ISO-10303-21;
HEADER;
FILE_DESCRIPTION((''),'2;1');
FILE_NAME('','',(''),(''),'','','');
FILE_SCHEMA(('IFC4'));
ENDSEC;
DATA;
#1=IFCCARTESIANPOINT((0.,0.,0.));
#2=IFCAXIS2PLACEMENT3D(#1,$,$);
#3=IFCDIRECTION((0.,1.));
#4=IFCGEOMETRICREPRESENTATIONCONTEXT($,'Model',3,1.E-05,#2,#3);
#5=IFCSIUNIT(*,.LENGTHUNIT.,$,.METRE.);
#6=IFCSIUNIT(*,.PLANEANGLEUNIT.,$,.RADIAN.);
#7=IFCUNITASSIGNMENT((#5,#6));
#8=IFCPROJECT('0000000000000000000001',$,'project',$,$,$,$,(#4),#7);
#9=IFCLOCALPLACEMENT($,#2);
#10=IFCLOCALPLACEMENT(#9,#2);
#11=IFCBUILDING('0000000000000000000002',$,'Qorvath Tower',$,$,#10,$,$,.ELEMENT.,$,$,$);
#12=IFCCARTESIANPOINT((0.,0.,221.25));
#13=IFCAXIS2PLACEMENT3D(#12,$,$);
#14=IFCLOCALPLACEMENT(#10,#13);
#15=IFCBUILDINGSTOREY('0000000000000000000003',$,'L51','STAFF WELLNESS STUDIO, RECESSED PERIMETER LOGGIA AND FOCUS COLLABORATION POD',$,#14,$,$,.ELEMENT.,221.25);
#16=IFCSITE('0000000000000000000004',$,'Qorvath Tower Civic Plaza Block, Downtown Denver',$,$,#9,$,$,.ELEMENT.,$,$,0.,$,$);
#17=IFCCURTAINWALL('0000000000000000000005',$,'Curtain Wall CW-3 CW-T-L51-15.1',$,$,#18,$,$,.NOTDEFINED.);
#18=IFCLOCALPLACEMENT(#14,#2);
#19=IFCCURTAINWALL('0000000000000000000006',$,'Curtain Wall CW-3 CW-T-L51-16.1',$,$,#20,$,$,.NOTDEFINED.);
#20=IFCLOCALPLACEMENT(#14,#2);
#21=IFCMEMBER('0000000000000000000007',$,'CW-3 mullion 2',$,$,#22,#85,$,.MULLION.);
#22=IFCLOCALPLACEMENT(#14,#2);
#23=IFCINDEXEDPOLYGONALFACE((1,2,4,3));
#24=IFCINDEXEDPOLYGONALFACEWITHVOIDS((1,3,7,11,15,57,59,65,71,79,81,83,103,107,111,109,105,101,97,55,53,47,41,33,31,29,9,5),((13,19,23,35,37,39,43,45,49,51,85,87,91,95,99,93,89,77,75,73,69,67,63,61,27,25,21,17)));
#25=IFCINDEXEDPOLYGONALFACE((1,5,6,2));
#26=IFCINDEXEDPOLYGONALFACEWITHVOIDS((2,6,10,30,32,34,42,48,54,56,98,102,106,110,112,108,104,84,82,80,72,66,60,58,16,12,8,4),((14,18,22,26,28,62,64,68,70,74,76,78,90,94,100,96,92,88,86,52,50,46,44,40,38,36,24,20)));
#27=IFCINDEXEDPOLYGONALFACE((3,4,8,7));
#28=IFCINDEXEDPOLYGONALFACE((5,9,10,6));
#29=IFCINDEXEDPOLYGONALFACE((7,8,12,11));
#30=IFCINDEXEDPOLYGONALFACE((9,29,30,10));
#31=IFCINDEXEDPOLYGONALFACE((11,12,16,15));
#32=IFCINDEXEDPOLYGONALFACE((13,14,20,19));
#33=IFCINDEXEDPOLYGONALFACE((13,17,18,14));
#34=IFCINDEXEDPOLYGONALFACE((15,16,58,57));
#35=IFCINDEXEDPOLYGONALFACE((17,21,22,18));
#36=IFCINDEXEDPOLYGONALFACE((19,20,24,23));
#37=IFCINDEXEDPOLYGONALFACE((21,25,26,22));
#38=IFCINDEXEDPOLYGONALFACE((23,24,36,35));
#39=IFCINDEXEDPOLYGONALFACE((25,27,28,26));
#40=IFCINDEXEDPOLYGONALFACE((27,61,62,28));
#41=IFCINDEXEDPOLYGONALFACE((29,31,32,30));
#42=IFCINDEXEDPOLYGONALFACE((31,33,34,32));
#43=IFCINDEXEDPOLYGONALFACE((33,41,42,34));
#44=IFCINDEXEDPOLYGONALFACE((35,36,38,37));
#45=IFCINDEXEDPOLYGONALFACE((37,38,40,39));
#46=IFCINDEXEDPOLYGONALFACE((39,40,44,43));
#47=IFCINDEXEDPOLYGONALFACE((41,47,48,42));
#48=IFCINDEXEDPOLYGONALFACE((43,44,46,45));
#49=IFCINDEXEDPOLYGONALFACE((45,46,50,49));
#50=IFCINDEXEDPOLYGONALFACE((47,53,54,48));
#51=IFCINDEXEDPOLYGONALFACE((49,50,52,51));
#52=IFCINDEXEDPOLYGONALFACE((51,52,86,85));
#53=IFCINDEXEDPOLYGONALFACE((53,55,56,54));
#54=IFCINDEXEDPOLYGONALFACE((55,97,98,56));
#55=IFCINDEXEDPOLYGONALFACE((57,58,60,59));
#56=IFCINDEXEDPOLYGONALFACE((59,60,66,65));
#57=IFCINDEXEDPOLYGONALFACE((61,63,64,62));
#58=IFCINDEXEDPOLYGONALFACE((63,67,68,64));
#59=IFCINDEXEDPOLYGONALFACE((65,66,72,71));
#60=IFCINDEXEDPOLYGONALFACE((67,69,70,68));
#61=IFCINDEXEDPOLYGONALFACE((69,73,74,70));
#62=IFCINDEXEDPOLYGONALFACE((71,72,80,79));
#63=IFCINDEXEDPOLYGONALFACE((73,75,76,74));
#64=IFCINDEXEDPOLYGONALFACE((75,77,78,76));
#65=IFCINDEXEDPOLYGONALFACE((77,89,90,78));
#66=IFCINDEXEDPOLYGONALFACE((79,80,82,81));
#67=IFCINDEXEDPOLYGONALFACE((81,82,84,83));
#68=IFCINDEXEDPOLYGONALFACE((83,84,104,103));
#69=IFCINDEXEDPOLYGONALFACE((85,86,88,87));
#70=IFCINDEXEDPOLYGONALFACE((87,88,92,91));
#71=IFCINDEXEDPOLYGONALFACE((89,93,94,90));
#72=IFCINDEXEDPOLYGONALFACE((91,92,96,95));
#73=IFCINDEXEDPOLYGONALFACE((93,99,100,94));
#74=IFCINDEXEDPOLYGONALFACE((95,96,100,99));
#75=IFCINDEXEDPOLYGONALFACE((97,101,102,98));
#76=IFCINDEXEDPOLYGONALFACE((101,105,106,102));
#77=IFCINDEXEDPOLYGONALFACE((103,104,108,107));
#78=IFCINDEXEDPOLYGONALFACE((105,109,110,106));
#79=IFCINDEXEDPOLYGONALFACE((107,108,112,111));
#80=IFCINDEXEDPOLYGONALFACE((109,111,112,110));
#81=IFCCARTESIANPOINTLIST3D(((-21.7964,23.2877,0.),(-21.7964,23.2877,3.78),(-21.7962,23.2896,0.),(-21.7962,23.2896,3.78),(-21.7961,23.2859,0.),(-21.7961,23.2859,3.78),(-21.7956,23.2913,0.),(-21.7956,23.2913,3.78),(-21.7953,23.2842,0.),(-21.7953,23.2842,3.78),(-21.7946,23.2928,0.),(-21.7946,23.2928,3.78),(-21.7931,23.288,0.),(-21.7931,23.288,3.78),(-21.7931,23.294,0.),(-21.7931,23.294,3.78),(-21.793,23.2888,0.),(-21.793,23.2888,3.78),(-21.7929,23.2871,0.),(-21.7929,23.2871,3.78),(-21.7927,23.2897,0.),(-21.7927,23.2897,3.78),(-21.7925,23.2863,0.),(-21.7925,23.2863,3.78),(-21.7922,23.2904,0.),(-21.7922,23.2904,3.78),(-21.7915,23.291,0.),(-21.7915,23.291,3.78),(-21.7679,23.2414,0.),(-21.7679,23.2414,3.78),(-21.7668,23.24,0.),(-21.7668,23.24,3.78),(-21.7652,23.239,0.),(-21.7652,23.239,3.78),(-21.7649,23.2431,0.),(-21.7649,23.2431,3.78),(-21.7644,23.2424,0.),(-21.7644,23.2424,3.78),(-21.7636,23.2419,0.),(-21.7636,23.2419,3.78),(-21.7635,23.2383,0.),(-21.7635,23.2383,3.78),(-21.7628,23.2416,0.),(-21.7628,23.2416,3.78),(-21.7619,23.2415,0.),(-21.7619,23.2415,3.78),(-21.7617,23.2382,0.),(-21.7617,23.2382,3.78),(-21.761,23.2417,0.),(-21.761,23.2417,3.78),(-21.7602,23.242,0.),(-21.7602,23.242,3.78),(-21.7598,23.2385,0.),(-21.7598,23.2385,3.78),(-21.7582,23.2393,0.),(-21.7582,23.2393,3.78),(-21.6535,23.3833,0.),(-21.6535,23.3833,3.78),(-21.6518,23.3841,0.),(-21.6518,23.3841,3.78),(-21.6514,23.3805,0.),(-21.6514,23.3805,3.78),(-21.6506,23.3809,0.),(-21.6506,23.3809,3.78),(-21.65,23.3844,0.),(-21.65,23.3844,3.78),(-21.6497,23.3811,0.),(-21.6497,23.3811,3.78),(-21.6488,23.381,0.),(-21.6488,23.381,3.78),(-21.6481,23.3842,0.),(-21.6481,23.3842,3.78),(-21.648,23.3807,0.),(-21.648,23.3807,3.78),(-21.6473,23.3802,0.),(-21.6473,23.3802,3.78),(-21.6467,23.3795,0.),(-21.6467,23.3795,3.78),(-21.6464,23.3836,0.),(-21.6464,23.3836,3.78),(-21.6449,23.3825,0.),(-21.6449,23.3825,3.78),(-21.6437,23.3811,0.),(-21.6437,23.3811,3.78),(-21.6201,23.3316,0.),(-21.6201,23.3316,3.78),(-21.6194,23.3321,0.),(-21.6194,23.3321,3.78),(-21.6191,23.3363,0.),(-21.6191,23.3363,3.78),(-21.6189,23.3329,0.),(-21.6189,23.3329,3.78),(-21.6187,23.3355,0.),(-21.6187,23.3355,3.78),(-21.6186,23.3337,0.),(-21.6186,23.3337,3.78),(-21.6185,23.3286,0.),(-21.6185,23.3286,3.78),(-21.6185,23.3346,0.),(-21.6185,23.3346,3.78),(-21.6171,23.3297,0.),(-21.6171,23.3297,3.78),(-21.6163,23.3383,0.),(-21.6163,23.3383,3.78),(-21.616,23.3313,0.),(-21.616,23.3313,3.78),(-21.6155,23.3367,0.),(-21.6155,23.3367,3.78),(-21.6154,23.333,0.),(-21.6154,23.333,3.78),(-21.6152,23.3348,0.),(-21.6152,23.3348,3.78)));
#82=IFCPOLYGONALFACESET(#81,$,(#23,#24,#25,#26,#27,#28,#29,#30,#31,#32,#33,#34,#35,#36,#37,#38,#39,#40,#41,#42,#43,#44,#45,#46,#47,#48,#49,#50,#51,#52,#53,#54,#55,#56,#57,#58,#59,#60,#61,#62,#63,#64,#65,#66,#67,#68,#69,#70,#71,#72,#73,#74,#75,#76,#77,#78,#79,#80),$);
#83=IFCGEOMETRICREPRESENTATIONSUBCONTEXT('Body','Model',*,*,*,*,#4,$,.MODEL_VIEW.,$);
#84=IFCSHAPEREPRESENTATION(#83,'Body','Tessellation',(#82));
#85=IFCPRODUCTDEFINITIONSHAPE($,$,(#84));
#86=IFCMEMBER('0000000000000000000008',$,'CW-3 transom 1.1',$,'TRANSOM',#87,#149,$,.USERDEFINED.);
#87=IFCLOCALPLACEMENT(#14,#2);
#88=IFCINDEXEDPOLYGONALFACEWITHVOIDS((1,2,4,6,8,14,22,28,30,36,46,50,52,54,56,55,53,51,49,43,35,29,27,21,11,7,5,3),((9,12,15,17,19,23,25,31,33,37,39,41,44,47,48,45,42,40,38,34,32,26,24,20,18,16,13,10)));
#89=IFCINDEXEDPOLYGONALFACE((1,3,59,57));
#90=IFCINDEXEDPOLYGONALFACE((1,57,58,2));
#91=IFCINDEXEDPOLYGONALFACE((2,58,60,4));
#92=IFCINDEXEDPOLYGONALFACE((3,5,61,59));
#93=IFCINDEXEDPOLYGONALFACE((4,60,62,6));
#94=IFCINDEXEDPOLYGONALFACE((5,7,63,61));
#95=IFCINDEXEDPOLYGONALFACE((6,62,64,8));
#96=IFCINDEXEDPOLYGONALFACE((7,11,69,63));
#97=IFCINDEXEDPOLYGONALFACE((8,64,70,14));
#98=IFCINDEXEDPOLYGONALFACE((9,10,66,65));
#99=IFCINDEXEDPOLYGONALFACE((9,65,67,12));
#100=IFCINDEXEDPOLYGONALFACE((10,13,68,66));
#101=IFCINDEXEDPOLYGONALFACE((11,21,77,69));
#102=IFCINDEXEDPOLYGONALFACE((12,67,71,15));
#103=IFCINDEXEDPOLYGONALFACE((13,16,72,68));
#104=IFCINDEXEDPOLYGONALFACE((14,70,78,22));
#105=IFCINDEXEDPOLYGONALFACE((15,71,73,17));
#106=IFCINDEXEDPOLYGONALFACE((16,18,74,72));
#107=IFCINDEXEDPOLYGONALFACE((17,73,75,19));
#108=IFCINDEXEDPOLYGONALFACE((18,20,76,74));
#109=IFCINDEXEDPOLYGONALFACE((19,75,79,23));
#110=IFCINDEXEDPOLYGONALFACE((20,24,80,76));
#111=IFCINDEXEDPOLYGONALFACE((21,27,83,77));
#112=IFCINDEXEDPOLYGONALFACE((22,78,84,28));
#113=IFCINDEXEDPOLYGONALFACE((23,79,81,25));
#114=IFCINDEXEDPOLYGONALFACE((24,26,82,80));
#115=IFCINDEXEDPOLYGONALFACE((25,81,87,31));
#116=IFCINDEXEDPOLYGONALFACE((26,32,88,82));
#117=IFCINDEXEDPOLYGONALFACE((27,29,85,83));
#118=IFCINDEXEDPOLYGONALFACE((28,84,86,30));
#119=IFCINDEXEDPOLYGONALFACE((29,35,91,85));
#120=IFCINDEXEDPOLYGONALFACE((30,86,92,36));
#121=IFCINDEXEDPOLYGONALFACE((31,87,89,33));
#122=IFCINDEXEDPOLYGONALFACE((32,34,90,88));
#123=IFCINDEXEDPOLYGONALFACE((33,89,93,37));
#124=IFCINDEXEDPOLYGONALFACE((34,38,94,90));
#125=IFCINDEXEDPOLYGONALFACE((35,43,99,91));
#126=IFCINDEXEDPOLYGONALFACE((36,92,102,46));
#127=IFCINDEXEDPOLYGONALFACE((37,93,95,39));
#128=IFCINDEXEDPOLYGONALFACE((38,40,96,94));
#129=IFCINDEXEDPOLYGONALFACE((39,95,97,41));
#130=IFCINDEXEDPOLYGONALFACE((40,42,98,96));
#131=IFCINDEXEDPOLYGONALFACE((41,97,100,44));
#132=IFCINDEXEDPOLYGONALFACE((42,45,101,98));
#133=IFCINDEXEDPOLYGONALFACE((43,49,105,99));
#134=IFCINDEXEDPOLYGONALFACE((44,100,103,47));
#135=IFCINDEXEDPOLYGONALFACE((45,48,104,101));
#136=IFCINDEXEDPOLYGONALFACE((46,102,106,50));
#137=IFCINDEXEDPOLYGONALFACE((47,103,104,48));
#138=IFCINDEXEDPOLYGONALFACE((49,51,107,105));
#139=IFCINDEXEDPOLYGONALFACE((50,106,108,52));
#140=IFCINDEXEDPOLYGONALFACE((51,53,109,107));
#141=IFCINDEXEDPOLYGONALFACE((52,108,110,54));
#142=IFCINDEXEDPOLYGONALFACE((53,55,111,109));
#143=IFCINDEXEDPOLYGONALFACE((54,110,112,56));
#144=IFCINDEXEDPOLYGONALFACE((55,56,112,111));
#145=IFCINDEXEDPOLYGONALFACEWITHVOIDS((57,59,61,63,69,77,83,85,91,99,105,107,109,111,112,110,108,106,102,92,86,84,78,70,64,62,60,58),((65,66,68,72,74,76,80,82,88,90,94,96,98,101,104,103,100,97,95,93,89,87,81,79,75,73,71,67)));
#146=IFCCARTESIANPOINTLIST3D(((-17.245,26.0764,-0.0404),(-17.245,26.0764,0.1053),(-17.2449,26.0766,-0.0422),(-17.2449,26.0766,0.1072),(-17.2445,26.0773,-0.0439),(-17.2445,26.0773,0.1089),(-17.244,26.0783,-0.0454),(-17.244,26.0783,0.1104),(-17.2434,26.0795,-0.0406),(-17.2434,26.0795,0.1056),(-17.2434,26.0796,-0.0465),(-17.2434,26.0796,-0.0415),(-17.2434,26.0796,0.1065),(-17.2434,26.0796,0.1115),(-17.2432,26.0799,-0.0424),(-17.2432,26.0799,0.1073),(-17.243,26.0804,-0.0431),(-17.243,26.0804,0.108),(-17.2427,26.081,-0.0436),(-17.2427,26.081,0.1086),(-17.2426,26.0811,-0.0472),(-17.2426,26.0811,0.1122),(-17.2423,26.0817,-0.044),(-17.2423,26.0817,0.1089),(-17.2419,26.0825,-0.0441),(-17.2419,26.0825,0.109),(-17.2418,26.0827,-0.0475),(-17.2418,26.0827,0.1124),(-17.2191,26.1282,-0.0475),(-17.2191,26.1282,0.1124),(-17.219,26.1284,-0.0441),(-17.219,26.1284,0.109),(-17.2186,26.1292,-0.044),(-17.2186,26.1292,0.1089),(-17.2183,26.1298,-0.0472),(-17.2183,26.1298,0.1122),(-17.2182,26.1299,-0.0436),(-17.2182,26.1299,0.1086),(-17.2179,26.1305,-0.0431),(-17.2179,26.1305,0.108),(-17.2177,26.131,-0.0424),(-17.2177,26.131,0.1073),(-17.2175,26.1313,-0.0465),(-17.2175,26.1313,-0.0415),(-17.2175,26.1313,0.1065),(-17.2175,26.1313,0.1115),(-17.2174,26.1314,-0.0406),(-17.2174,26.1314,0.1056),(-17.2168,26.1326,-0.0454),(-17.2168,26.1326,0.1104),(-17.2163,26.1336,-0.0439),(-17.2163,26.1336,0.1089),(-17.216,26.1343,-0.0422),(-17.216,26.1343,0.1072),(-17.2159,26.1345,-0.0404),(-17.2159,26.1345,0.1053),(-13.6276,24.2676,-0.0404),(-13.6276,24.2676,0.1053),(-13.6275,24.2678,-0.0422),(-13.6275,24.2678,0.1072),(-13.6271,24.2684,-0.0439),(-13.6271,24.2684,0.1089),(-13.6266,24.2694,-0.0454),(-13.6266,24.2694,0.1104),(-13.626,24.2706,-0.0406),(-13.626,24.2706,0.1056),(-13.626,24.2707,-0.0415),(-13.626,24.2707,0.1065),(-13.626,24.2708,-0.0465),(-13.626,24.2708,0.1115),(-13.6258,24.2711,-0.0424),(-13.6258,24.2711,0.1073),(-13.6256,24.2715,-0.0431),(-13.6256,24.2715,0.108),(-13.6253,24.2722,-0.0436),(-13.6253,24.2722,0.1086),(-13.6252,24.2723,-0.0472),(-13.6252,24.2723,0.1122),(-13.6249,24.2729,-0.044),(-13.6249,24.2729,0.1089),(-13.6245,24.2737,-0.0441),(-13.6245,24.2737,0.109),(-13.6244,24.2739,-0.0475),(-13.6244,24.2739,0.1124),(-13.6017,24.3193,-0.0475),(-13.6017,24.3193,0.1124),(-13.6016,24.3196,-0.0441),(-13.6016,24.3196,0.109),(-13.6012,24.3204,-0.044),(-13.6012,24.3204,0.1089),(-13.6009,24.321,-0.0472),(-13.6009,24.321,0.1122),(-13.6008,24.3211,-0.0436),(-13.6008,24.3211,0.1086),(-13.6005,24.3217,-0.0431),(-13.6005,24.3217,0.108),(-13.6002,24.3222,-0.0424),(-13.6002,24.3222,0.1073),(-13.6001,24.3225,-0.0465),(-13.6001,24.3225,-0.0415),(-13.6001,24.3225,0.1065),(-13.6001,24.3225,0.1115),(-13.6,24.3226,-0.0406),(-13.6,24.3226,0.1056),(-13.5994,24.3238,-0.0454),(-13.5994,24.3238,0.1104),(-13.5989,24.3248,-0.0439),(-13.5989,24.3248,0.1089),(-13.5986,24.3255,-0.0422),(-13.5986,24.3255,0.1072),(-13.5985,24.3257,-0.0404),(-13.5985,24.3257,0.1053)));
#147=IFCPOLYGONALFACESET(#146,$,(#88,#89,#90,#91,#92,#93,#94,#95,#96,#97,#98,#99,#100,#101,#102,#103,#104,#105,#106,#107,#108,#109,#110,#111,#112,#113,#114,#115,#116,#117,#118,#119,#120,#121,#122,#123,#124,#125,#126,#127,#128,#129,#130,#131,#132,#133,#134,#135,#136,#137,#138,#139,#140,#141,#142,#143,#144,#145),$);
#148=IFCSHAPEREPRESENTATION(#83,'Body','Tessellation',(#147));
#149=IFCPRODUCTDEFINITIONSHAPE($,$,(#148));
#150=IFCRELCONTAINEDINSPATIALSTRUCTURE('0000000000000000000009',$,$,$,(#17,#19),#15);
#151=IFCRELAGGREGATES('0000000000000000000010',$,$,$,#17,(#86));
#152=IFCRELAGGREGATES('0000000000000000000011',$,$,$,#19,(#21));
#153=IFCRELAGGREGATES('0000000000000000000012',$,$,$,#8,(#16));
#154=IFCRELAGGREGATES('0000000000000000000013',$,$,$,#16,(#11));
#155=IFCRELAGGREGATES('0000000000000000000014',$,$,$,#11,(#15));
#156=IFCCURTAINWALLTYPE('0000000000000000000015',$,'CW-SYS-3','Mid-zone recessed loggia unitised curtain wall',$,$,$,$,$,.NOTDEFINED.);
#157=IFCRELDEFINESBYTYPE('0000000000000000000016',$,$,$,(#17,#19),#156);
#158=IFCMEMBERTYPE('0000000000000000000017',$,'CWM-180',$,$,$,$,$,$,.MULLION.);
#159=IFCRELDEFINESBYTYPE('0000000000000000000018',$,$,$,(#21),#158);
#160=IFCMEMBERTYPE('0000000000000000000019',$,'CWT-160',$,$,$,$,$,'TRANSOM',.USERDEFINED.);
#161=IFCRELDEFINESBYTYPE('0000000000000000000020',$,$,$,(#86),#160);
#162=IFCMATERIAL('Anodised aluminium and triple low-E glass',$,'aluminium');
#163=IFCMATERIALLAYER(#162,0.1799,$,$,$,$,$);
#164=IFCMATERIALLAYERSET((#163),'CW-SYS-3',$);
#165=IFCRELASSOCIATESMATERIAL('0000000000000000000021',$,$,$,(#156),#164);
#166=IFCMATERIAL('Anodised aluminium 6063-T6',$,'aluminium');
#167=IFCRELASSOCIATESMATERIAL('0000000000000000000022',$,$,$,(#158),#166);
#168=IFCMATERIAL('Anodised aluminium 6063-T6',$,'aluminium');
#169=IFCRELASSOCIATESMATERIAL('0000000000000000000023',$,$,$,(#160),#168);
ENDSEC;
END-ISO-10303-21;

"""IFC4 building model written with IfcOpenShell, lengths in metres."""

from ifc_helpers import new_model, si_unit, direction, frame, origin, origin_2d, place, context, subcontext, project, spatial, hollow_rectangle, extrude, material, layer, layer_set, material_profile, profile_set, type_object, element, aggregate, save


model = new_model("IFC4")

# Units and contexts
model_context = context("Model", 3, precision=1e-05, world=origin(), true_north=direction((0.0, 1.0)))
body_context = subcontext(model_context, "Body", "Model", "MODEL_VIEW")
ifc_project = project(units=[si_unit("LENGTHUNIT", "METRE"), si_unit("PLANEANGLEUNIT", "RADIAN")], contexts=[model_context])

# Site, building, storey
site_placement = place(None, origin())
site = spatial("IfcSite", under=ifc_project, at=site_placement, Name="Qorvath Tower Civic Plaza Block, Downtown Denver", CompositionType="ELEMENT", RefElevation=0.0)
building_placement = place(site_placement, origin())
building = spatial("IfcBuilding", under=site, at=building_placement, Name="Qorvath Tower", CompositionType="ELEMENT")
storey_placement = place(building_placement, frame((0.0, 0.0, 221.25)))
storey = spatial("IfcBuildingStorey", under=building, at=storey_placement, Name="L51", Description="STAFF WELLNESS STUDIO, RECESSED PERIMETER LOGGIA AND FOCUS COLLABORATION POD", CompositionType="ELEMENT", Elevation=221.25)

# Curtain wall
ifc_material_1 = material(Name="Anodised aluminium and triple low-E glass", Category="aluminium")
ifc_layer_1 = layer(ifc_material_1, 0.1799)
ifc_layer_set_1 = layer_set([ifc_layer_1], Name="CW-SYS-3")
curtain_wall_type = type_object("IfcCurtainWallType", Name="CW-SYS-3", Description="Mid-zone recessed loggia unitised curtain wall", PredefinedType="NOTDEFINED", material=ifc_layer_set_1)
curtain_wall_1_placement = place(storey_placement, origin())
curtain_wall_1 = element("IfcCurtainWall", 1, at=curtain_wall_1_placement, inside=storey, type_object=curtain_wall_type, Name="Curtain Wall CW-3 CW-T-L51-15.1", PredefinedType="NOTDEFINED")
ifc_material_2 = material(Name="Anodised aluminium 6063-T6", Category="aluminium")
ifc_material_profile_1 = material_profile(ifc_material_2, hollow_rectangle(XDim=0.0649, YDim=0.1799, WallThickness=0.0034, InnerFilletRadius=0.0034, OuterFilletRadius=0.0071, at=origin_2d()), Name="CWM 180x65")
ifc_profile_set_1 = profile_set([ifc_material_profile_1], Name="Anodised aluminium 6063-T6")
member_type_1 = type_object("IfcMemberType", Name="CWM-180", PredefinedType="MULLION", material=ifc_profile_set_1)

# Curtain wall, member
curtain_wall_2_placement = place(storey_placement, origin())
curtain_wall_2 = element("IfcCurtainWall", 2, at=curtain_wall_2_placement, inside=storey, type_object=curtain_wall_type, Name="Curtain Wall CW-3 CW-T-L51-16.1", PredefinedType="NOTDEFINED")
member_1_placement = place(storey_placement, frame((-21.7058, 23.3113, 0.0), z_axis=(0.0, 0.0, 1.0), x_axis=(0.538535, -0.842603, 0.0)))
member_1 = element("IfcMember", 3, at=member_1_placement, type_object=member_type_1, Name="CW-3 mullion 2", PredefinedType="MULLION", context=body_context, shape_type="SweptSolid", body=[
    extrude(hollow_rectangle(XDim=0.0649, YDim=0.1799, WallThickness=0.0034, InnerFilletRadius=0.0034, OuterFilletRadius=0.0071, at=origin_2d()), origin(), (0.0, 0.0, 1.0), 3.78),
])

# Member
ifc_material_3 = material(Name="Anodised aluminium 6063-T6", Category="aluminium")
ifc_material_profile_2 = material_profile(ifc_material_3, hollow_rectangle(XDim=0.0649, YDim=0.1599, WallThickness=0.0034, InnerFilletRadius=0.0034, OuterFilletRadius=0.0071, at=origin_2d()), Name="CWT 160x65")
ifc_profile_set_2 = profile_set([ifc_material_profile_2], Name="Anodised aluminium 6063-T6")
member_type_2 = type_object("IfcMemberType", Name="CWT-160", ElementType="TRANSOM", PredefinedType="USERDEFINED", material=ifc_profile_set_2)
member_2_placement = place(storey_placement, frame((-13.613, 24.2966, 0.0325), z_axis=(-0.894415, 0.447238, 0.0), x_axis=(-0.447238, -0.894415, 0.0)))
member_2 = element("IfcMember", 4, at=member_2_placement, type_object=member_type_2, Name="CW-3 transom 1.1", ObjectType="TRANSOM", PredefinedType="USERDEFINED", context=body_context, shape_type="SweptSolid", body=[
    extrude(hollow_rectangle(XDim=0.0649, YDim=0.1599, WallThickness=0.0034, InnerFilletRadius=0.0034, OuterFilletRadius=0.0071, at=origin_2d()), origin(), (0.0, 0.0, 1.0), 4.0444),
])

aggregate(curtain_wall_1, [member_2])
aggregate(curtain_wall_2, [member_1])

save(model, "model.ifc")
